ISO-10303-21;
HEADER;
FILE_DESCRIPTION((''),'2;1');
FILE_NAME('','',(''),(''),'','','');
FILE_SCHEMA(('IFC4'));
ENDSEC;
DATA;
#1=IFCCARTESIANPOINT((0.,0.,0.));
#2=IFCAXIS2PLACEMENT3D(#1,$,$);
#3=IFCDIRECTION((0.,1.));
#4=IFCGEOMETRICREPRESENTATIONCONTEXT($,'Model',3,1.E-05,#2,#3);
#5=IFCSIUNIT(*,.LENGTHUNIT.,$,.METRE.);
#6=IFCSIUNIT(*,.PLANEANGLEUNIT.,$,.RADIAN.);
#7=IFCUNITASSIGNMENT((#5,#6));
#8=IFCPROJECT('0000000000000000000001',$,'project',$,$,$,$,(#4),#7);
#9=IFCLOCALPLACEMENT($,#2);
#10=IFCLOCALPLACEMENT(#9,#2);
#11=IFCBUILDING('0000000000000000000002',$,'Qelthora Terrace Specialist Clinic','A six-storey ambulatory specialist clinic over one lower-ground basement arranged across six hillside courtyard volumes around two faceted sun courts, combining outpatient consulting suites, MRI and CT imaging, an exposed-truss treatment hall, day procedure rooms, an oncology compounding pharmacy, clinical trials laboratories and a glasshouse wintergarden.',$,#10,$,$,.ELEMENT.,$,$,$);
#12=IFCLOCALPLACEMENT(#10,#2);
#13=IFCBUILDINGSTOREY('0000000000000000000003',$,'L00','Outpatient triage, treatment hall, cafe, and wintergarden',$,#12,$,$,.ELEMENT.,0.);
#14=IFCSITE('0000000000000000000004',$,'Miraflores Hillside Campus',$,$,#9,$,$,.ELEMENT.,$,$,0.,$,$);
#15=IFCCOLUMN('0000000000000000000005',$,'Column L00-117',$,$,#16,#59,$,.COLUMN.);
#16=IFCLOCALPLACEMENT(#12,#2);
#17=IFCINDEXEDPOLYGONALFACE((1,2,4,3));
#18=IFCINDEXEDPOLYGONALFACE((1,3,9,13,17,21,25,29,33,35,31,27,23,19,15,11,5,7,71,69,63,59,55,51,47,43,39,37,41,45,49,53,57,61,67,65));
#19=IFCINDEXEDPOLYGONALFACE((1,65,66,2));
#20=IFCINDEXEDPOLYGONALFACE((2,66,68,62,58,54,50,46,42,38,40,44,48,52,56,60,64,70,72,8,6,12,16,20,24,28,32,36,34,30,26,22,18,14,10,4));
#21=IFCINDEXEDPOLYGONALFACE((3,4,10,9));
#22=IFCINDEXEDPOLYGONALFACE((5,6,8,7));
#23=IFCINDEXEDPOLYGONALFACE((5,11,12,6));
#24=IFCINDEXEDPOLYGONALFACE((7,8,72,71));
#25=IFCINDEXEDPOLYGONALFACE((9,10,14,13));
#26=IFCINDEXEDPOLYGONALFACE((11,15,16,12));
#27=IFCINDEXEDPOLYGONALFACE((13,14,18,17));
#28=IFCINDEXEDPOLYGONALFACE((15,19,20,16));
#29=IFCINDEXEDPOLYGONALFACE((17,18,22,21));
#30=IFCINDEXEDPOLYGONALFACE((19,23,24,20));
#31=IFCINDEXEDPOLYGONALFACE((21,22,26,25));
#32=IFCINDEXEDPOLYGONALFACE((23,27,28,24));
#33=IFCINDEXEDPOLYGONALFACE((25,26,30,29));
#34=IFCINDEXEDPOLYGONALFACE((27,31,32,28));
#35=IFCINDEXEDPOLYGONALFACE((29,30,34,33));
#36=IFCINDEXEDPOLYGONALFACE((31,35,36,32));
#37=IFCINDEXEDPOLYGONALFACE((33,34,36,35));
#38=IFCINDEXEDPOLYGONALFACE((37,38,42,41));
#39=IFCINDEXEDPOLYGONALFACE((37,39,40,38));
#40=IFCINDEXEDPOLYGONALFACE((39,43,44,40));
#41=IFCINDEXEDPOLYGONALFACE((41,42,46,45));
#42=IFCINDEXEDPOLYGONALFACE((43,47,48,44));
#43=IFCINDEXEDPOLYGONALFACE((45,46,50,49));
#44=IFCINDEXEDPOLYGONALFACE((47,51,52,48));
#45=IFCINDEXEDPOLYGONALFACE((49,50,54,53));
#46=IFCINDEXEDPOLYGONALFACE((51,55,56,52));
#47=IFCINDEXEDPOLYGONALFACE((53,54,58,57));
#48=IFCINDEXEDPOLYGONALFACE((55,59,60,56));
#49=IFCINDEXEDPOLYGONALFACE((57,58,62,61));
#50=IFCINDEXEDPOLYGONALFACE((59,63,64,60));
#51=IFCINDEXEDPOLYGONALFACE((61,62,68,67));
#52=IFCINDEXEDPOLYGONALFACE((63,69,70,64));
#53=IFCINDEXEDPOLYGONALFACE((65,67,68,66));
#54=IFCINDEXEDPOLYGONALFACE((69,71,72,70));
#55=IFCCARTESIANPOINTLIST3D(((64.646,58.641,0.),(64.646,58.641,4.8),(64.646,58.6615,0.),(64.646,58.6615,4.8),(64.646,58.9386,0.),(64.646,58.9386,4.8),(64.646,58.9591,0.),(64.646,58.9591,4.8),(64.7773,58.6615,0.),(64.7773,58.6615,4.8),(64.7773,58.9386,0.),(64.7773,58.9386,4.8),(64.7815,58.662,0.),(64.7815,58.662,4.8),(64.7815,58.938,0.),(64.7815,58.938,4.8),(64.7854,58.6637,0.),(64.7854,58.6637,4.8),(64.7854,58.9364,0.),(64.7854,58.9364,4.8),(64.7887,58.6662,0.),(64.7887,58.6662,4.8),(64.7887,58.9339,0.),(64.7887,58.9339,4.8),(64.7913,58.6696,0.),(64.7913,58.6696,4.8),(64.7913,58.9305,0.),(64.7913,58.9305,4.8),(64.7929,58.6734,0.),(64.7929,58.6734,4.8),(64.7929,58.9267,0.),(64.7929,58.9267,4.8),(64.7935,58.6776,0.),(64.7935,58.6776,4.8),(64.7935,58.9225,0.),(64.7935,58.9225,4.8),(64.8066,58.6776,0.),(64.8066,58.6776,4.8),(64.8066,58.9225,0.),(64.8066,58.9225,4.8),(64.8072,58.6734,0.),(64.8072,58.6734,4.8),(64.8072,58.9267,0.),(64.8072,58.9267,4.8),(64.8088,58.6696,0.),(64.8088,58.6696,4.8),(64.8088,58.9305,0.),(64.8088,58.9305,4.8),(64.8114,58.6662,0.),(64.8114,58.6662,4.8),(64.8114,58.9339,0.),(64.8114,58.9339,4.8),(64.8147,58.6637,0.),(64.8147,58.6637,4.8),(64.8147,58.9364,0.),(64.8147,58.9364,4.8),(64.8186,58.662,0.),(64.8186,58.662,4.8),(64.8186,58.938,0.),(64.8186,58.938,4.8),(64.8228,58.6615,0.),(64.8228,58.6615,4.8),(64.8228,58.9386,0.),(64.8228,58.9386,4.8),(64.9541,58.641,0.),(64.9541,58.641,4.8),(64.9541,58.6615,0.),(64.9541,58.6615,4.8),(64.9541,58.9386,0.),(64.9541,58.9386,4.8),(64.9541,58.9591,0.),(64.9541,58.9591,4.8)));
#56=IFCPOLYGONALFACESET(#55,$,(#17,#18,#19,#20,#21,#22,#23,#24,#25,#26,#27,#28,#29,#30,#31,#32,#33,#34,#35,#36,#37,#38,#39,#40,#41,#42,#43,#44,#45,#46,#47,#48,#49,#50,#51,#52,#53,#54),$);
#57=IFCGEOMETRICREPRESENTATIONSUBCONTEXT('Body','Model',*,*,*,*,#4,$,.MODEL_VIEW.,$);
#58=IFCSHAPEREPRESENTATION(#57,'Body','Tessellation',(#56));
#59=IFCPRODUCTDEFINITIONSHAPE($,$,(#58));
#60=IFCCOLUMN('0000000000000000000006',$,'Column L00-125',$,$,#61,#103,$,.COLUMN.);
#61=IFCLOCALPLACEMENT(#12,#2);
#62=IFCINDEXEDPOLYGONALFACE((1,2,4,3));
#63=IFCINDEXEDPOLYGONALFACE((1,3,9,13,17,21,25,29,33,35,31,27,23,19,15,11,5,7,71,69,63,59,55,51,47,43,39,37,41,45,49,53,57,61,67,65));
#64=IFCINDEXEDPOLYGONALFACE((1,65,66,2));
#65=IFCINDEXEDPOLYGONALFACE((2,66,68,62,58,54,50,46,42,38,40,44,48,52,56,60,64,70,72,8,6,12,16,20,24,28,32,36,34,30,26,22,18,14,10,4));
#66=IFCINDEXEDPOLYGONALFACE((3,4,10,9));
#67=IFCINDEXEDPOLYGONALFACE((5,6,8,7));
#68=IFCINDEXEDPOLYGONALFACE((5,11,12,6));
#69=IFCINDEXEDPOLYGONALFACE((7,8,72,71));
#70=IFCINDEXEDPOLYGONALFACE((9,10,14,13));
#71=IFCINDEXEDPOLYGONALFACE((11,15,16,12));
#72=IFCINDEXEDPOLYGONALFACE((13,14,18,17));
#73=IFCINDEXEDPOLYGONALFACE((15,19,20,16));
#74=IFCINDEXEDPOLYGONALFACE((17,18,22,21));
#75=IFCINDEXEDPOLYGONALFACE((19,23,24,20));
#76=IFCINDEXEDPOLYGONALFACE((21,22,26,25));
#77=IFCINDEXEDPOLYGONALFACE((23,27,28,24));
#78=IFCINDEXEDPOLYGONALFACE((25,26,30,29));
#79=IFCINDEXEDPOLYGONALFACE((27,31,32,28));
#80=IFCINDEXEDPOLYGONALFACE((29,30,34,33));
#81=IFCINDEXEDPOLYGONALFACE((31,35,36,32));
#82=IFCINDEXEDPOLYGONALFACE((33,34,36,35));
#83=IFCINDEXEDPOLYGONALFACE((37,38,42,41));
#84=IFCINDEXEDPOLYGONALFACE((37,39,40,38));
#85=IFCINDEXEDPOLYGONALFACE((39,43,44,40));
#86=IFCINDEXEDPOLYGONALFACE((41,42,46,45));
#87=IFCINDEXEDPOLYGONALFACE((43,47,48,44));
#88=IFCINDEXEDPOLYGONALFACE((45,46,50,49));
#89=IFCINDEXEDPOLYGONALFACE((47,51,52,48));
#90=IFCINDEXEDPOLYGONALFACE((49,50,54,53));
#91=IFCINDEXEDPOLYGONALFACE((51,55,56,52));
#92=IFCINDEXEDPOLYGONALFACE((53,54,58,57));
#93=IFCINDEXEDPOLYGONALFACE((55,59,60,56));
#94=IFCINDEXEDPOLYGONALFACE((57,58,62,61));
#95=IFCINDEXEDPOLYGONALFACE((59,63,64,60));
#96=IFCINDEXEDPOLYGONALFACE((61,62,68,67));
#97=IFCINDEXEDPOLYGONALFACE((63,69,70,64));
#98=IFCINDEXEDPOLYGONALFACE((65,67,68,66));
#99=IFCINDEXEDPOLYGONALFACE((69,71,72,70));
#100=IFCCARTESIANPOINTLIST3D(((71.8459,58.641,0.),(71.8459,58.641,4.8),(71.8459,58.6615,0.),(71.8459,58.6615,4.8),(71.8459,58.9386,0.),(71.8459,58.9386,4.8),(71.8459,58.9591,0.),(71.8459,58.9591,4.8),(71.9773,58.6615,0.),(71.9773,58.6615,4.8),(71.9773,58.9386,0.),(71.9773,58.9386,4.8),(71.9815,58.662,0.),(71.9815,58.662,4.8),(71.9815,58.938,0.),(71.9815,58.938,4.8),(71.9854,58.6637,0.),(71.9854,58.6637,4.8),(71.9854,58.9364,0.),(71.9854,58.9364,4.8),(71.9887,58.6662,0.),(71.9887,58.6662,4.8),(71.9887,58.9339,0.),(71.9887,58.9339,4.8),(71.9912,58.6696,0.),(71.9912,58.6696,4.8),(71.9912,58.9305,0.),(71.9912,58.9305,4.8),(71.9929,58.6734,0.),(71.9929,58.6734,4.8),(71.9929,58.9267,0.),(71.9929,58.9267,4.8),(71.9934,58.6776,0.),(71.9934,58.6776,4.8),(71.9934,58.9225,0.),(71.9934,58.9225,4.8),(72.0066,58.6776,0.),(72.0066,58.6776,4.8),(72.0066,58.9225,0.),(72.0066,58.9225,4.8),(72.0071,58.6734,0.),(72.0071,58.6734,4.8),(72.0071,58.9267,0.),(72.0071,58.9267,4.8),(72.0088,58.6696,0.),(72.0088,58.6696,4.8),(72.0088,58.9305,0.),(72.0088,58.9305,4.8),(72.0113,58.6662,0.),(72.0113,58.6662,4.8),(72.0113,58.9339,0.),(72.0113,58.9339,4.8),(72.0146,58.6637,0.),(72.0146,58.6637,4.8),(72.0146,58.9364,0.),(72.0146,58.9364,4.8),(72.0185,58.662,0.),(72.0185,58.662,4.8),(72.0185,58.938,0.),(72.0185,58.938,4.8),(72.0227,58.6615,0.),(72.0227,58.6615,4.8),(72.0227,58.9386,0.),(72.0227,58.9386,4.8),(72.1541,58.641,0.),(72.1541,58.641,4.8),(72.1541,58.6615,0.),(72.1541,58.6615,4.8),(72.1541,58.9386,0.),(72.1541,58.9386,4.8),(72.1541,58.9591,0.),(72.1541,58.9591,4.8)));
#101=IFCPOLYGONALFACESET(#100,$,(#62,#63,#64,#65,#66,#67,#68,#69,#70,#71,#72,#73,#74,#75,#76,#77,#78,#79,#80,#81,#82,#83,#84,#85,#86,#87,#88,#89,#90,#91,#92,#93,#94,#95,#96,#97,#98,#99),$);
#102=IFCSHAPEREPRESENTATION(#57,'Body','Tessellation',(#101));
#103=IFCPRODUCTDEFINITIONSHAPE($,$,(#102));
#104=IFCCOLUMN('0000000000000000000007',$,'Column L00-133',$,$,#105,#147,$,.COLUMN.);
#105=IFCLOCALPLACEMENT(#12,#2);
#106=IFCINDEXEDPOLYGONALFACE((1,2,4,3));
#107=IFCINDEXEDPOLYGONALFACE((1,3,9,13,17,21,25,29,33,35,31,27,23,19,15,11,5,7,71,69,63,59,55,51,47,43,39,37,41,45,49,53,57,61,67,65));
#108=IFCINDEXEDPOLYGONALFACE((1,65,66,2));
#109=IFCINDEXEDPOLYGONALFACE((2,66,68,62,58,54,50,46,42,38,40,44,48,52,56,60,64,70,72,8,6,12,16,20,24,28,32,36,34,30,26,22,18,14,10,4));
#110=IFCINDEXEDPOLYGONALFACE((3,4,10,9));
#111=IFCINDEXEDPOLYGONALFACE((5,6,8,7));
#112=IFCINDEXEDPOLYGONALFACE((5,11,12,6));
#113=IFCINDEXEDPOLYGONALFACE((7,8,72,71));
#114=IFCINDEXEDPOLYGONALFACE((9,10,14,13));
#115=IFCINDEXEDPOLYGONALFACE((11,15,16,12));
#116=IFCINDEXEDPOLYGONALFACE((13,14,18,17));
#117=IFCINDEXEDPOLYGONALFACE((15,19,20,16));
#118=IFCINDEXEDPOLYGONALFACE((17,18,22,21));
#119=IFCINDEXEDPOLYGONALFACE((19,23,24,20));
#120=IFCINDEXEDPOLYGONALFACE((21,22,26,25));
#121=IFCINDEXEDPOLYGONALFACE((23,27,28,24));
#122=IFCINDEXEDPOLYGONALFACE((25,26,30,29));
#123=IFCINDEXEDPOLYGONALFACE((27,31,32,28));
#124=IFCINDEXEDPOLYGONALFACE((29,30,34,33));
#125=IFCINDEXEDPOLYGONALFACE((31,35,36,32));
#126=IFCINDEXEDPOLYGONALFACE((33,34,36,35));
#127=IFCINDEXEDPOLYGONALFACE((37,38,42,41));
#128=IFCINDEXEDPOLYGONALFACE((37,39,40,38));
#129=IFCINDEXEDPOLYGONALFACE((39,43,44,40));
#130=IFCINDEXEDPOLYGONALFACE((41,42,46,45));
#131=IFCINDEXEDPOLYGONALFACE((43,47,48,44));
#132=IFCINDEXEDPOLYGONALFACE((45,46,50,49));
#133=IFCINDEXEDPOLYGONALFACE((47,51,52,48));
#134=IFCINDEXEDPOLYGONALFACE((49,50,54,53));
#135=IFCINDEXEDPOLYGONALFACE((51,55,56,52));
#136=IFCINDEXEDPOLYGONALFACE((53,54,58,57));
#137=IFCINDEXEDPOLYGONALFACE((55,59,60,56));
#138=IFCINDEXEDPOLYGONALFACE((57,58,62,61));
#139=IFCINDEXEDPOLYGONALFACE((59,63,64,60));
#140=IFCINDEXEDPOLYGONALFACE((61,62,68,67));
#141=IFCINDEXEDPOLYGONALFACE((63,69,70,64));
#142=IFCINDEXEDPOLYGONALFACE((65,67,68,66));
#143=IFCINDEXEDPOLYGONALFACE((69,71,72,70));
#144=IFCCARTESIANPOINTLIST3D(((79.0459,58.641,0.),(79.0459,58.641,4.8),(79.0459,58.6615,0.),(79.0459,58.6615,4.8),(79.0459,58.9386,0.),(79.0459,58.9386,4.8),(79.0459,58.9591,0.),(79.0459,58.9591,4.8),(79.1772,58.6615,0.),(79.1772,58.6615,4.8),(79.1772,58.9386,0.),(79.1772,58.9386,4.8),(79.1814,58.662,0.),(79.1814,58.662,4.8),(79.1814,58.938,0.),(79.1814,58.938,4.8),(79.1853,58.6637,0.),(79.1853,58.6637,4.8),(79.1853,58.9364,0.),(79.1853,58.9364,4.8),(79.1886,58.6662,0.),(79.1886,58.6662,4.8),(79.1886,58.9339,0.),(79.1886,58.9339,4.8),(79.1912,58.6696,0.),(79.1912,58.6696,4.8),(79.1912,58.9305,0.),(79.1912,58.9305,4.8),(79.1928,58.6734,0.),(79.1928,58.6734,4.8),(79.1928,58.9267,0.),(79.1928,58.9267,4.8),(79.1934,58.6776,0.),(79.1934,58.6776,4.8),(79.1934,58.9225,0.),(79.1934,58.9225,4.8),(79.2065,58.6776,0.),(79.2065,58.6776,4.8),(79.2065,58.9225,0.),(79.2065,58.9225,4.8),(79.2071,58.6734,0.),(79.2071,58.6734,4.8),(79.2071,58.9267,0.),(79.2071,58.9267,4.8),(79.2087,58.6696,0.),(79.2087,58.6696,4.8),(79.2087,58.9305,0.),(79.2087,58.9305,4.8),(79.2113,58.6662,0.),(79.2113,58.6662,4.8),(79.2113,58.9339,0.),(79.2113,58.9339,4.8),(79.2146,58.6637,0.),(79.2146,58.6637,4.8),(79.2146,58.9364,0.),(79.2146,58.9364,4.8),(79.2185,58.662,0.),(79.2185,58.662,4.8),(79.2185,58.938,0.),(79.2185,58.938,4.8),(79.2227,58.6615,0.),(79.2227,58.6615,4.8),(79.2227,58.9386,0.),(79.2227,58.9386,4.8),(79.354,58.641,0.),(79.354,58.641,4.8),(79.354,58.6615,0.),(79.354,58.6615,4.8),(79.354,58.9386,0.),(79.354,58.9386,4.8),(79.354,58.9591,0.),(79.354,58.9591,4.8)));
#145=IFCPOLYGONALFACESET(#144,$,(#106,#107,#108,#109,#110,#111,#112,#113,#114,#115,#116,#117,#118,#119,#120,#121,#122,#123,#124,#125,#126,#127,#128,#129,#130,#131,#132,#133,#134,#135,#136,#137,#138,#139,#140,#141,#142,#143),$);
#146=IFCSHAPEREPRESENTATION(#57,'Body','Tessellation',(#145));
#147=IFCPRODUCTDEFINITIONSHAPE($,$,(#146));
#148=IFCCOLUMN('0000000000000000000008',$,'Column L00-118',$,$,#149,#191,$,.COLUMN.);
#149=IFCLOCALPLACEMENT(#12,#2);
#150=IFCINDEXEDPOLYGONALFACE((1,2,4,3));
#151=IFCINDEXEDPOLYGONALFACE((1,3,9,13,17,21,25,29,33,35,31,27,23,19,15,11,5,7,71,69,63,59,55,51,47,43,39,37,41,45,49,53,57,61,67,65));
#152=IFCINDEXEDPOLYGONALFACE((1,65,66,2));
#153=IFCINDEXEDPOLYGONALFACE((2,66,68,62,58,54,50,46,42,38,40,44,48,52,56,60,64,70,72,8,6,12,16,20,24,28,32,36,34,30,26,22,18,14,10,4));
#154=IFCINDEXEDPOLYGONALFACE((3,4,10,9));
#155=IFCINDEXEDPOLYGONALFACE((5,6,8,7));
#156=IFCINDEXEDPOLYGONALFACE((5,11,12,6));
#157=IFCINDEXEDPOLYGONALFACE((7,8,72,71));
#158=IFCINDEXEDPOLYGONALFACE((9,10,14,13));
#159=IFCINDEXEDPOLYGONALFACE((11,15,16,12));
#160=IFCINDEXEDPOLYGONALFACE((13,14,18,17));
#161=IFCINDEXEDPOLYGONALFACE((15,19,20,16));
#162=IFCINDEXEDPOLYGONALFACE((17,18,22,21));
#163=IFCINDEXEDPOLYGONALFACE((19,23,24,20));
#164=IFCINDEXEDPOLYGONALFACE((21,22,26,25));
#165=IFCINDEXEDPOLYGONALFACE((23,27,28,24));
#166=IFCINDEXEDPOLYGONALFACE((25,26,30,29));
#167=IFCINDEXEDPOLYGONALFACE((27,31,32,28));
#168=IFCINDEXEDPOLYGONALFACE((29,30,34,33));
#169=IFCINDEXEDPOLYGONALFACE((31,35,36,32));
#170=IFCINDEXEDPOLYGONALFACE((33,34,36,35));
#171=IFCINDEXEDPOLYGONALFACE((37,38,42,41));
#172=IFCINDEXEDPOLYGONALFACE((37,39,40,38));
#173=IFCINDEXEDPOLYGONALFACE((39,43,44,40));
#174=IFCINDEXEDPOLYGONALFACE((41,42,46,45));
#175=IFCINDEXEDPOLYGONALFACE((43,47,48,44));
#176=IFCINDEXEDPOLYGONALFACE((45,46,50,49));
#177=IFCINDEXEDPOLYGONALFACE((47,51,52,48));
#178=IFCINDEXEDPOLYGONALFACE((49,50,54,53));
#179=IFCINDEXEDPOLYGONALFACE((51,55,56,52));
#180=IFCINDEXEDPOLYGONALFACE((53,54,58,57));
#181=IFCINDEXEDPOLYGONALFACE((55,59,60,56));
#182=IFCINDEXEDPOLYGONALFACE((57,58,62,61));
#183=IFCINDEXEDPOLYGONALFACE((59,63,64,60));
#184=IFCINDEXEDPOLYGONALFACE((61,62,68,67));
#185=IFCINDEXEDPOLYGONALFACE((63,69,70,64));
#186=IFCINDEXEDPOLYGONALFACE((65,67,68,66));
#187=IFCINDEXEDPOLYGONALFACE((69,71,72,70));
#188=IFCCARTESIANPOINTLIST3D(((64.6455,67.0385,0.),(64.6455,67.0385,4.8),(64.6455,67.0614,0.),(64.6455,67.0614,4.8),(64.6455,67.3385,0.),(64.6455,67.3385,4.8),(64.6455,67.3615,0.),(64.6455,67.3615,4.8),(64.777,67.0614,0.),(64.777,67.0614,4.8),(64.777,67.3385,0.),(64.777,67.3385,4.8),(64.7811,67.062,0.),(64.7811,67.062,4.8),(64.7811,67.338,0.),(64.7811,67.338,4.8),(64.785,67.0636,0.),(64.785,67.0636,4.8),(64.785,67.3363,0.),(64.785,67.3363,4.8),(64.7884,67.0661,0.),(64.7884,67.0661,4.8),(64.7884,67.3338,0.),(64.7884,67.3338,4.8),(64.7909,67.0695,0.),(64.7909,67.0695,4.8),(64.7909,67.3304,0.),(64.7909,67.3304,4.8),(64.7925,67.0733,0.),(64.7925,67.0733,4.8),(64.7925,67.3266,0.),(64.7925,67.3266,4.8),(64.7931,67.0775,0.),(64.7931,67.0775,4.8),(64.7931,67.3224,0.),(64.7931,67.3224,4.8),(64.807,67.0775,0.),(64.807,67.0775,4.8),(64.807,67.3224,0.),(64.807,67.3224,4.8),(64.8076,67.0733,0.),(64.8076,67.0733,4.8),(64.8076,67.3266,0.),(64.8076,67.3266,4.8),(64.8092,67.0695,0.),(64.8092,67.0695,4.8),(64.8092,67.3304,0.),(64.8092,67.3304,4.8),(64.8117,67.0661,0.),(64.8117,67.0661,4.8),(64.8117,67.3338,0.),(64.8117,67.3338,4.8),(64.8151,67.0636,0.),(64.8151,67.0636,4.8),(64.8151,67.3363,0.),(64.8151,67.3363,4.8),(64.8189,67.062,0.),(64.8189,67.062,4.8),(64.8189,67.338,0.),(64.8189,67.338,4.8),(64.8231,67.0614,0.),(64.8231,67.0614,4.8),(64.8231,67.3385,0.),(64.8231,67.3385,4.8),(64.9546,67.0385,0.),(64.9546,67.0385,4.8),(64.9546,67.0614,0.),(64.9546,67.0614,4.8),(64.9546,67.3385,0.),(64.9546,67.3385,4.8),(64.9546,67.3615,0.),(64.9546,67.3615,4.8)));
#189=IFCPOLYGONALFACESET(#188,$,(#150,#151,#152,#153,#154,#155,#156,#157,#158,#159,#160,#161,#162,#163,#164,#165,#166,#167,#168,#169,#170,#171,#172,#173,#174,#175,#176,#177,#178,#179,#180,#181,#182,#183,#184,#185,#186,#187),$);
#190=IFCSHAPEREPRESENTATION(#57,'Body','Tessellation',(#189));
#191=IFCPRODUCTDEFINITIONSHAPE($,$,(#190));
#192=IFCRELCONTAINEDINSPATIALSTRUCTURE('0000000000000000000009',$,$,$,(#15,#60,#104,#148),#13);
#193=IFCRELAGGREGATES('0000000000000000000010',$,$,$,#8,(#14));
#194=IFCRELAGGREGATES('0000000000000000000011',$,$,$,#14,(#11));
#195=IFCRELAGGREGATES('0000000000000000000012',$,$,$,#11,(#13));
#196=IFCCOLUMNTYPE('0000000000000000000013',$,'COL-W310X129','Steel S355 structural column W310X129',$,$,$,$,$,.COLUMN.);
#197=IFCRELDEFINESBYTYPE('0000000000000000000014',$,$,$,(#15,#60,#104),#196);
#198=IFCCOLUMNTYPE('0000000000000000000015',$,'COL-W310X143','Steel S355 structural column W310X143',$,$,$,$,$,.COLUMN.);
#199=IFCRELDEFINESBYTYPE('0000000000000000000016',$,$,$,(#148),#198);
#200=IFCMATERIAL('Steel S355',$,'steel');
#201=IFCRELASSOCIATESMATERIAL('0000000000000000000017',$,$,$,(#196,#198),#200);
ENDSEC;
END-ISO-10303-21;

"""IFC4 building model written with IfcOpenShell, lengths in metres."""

from ifc_helpers import new_model, si_unit, direction, frame, origin, origin_2d, place, context, subcontext, project, spatial, i_section, extrude, material, material_profile, profile_set, type_object, element, save


model = new_model("IFC4")

# Units and contexts
model_context = context("Model", 3, precision=1e-05, world=origin(), true_north=direction((0.0, 1.0)))
body_context = subcontext(model_context, "Body", "Model", "MODEL_VIEW")
ifc_project = project(units=[si_unit("LENGTHUNIT", "METRE"), si_unit("PLANEANGLEUNIT", "RADIAN")], contexts=[model_context])

# Site, building, storey
site_placement = place(None, origin())
site = spatial("IfcSite", under=ifc_project, at=site_placement, Name="Miraflores Hillside Campus", CompositionType="ELEMENT", RefElevation=0.0)
building_placement = place(site_placement, origin())
building = spatial("IfcBuilding", under=site, at=building_placement, Name="Qelthora Terrace Specialist Clinic", Description="A six-storey ambulatory specialist clinic over one lower-ground basement arranged across six hillside courtyard volumes around two faceted sun courts, combining outpatient consulting suites, MRI and CT imaging, an exposed-truss treatment hall, day procedure rooms, an oncology compounding pharmacy, clinical trials laboratories and a glasshouse wintergarden.", CompositionType="ELEMENT")
storey_placement = place(building_placement, origin())
storey = spatial("IfcBuildingStorey", under=building, at=storey_placement, Name="L00", Description="Outpatient triage, treatment hall, cafe, and wintergarden", CompositionType="ELEMENT", Elevation=0.0)

# Columns
ifc_material_1 = material(Name="Steel S355", Category="steel")
ifc_material_profile_1 = material_profile(ifc_material_1, i_section(OverallWidth=0.3081, OverallDepth=0.3181, WebThickness=0.0132, FlangeThickness=0.0205, FilletRadius=0.0161, at=origin_2d()), Name="W310X129")
ifc_profile_set_1 = profile_set([ifc_material_profile_1], Name="Steel S355")
column_type_1 = type_object("IfcColumnType", Name="COL-W310X129", Description="Steel S355 structural column W310X129", PredefinedType="COLUMN", material=ifc_profile_set_1)
for number, where, z_axis, x_axis, name in (
    (1, (64.8, 58.8, 0.0), (0.0, 0.0, 1.0), (1.0, 0.0, 0.0), "Column L00-117"),
    (2, (72.0, 58.8, 0.0), (0.0, 0.0, 1.0), (1.0, 0.0, 0.0), "Column L00-125"),
    (3, (79.2, 58.8, 0.0), (0.0, 0.0, 1.0), (1.0, 0.0, 0.0), "Column L00-133"),
):
    element("IfcColumn", number, at=place(storey_placement, frame(where, z_axis=z_axis, x_axis=x_axis)), inside=storey, type_object=column_type_1, Name=name, PredefinedType="COLUMN", context=body_context, shape_type="SweptSolid", body=[
        extrude(i_section(OverallWidth=0.3081, OverallDepth=0.3181, WebThickness=0.0132, FlangeThickness=0.0205, FilletRadius=0.0161, at=origin_2d()), origin(), (0.0, 0.0, 1.0), 4.8),
    ])
ifc_material_profile_2 = material_profile(ifc_material_1, i_section(OverallWidth=0.3091, OverallDepth=0.323, WebThickness=0.0139, FlangeThickness=0.0229, FilletRadius=0.0161, at=origin_2d()), Name="W310X143")
ifc_profile_set_2 = profile_set([ifc_material_profile_2], Name="Steel S355")
column_type_2 = type_object("IfcColumnType", Name="COL-W310X143", Description="Steel S355 structural column W310X143", PredefinedType="COLUMN", material=ifc_profile_set_2)
for number, where, z_axis, x_axis, name in (
    (4, (64.8, 67.2, 0.0), (0.0, 0.0, 1.0), (1.0, 0.0, 0.0), "Column L00-118"),
):
    element("IfcColumn", number, at=place(storey_placement, frame(where, z_axis=z_axis, x_axis=x_axis)), inside=storey, type_object=column_type_2, Name=name, PredefinedType="COLUMN", context=body_context, shape_type="SweptSolid", body=[
        extrude(i_section(OverallWidth=0.3091, OverallDepth=0.323, WebThickness=0.0139, FlangeThickness=0.0229, FilletRadius=0.0161, at=origin_2d()), origin(), (0.0, 0.0, 1.0), 4.8),
    ])

save(model, "model.ifc")
